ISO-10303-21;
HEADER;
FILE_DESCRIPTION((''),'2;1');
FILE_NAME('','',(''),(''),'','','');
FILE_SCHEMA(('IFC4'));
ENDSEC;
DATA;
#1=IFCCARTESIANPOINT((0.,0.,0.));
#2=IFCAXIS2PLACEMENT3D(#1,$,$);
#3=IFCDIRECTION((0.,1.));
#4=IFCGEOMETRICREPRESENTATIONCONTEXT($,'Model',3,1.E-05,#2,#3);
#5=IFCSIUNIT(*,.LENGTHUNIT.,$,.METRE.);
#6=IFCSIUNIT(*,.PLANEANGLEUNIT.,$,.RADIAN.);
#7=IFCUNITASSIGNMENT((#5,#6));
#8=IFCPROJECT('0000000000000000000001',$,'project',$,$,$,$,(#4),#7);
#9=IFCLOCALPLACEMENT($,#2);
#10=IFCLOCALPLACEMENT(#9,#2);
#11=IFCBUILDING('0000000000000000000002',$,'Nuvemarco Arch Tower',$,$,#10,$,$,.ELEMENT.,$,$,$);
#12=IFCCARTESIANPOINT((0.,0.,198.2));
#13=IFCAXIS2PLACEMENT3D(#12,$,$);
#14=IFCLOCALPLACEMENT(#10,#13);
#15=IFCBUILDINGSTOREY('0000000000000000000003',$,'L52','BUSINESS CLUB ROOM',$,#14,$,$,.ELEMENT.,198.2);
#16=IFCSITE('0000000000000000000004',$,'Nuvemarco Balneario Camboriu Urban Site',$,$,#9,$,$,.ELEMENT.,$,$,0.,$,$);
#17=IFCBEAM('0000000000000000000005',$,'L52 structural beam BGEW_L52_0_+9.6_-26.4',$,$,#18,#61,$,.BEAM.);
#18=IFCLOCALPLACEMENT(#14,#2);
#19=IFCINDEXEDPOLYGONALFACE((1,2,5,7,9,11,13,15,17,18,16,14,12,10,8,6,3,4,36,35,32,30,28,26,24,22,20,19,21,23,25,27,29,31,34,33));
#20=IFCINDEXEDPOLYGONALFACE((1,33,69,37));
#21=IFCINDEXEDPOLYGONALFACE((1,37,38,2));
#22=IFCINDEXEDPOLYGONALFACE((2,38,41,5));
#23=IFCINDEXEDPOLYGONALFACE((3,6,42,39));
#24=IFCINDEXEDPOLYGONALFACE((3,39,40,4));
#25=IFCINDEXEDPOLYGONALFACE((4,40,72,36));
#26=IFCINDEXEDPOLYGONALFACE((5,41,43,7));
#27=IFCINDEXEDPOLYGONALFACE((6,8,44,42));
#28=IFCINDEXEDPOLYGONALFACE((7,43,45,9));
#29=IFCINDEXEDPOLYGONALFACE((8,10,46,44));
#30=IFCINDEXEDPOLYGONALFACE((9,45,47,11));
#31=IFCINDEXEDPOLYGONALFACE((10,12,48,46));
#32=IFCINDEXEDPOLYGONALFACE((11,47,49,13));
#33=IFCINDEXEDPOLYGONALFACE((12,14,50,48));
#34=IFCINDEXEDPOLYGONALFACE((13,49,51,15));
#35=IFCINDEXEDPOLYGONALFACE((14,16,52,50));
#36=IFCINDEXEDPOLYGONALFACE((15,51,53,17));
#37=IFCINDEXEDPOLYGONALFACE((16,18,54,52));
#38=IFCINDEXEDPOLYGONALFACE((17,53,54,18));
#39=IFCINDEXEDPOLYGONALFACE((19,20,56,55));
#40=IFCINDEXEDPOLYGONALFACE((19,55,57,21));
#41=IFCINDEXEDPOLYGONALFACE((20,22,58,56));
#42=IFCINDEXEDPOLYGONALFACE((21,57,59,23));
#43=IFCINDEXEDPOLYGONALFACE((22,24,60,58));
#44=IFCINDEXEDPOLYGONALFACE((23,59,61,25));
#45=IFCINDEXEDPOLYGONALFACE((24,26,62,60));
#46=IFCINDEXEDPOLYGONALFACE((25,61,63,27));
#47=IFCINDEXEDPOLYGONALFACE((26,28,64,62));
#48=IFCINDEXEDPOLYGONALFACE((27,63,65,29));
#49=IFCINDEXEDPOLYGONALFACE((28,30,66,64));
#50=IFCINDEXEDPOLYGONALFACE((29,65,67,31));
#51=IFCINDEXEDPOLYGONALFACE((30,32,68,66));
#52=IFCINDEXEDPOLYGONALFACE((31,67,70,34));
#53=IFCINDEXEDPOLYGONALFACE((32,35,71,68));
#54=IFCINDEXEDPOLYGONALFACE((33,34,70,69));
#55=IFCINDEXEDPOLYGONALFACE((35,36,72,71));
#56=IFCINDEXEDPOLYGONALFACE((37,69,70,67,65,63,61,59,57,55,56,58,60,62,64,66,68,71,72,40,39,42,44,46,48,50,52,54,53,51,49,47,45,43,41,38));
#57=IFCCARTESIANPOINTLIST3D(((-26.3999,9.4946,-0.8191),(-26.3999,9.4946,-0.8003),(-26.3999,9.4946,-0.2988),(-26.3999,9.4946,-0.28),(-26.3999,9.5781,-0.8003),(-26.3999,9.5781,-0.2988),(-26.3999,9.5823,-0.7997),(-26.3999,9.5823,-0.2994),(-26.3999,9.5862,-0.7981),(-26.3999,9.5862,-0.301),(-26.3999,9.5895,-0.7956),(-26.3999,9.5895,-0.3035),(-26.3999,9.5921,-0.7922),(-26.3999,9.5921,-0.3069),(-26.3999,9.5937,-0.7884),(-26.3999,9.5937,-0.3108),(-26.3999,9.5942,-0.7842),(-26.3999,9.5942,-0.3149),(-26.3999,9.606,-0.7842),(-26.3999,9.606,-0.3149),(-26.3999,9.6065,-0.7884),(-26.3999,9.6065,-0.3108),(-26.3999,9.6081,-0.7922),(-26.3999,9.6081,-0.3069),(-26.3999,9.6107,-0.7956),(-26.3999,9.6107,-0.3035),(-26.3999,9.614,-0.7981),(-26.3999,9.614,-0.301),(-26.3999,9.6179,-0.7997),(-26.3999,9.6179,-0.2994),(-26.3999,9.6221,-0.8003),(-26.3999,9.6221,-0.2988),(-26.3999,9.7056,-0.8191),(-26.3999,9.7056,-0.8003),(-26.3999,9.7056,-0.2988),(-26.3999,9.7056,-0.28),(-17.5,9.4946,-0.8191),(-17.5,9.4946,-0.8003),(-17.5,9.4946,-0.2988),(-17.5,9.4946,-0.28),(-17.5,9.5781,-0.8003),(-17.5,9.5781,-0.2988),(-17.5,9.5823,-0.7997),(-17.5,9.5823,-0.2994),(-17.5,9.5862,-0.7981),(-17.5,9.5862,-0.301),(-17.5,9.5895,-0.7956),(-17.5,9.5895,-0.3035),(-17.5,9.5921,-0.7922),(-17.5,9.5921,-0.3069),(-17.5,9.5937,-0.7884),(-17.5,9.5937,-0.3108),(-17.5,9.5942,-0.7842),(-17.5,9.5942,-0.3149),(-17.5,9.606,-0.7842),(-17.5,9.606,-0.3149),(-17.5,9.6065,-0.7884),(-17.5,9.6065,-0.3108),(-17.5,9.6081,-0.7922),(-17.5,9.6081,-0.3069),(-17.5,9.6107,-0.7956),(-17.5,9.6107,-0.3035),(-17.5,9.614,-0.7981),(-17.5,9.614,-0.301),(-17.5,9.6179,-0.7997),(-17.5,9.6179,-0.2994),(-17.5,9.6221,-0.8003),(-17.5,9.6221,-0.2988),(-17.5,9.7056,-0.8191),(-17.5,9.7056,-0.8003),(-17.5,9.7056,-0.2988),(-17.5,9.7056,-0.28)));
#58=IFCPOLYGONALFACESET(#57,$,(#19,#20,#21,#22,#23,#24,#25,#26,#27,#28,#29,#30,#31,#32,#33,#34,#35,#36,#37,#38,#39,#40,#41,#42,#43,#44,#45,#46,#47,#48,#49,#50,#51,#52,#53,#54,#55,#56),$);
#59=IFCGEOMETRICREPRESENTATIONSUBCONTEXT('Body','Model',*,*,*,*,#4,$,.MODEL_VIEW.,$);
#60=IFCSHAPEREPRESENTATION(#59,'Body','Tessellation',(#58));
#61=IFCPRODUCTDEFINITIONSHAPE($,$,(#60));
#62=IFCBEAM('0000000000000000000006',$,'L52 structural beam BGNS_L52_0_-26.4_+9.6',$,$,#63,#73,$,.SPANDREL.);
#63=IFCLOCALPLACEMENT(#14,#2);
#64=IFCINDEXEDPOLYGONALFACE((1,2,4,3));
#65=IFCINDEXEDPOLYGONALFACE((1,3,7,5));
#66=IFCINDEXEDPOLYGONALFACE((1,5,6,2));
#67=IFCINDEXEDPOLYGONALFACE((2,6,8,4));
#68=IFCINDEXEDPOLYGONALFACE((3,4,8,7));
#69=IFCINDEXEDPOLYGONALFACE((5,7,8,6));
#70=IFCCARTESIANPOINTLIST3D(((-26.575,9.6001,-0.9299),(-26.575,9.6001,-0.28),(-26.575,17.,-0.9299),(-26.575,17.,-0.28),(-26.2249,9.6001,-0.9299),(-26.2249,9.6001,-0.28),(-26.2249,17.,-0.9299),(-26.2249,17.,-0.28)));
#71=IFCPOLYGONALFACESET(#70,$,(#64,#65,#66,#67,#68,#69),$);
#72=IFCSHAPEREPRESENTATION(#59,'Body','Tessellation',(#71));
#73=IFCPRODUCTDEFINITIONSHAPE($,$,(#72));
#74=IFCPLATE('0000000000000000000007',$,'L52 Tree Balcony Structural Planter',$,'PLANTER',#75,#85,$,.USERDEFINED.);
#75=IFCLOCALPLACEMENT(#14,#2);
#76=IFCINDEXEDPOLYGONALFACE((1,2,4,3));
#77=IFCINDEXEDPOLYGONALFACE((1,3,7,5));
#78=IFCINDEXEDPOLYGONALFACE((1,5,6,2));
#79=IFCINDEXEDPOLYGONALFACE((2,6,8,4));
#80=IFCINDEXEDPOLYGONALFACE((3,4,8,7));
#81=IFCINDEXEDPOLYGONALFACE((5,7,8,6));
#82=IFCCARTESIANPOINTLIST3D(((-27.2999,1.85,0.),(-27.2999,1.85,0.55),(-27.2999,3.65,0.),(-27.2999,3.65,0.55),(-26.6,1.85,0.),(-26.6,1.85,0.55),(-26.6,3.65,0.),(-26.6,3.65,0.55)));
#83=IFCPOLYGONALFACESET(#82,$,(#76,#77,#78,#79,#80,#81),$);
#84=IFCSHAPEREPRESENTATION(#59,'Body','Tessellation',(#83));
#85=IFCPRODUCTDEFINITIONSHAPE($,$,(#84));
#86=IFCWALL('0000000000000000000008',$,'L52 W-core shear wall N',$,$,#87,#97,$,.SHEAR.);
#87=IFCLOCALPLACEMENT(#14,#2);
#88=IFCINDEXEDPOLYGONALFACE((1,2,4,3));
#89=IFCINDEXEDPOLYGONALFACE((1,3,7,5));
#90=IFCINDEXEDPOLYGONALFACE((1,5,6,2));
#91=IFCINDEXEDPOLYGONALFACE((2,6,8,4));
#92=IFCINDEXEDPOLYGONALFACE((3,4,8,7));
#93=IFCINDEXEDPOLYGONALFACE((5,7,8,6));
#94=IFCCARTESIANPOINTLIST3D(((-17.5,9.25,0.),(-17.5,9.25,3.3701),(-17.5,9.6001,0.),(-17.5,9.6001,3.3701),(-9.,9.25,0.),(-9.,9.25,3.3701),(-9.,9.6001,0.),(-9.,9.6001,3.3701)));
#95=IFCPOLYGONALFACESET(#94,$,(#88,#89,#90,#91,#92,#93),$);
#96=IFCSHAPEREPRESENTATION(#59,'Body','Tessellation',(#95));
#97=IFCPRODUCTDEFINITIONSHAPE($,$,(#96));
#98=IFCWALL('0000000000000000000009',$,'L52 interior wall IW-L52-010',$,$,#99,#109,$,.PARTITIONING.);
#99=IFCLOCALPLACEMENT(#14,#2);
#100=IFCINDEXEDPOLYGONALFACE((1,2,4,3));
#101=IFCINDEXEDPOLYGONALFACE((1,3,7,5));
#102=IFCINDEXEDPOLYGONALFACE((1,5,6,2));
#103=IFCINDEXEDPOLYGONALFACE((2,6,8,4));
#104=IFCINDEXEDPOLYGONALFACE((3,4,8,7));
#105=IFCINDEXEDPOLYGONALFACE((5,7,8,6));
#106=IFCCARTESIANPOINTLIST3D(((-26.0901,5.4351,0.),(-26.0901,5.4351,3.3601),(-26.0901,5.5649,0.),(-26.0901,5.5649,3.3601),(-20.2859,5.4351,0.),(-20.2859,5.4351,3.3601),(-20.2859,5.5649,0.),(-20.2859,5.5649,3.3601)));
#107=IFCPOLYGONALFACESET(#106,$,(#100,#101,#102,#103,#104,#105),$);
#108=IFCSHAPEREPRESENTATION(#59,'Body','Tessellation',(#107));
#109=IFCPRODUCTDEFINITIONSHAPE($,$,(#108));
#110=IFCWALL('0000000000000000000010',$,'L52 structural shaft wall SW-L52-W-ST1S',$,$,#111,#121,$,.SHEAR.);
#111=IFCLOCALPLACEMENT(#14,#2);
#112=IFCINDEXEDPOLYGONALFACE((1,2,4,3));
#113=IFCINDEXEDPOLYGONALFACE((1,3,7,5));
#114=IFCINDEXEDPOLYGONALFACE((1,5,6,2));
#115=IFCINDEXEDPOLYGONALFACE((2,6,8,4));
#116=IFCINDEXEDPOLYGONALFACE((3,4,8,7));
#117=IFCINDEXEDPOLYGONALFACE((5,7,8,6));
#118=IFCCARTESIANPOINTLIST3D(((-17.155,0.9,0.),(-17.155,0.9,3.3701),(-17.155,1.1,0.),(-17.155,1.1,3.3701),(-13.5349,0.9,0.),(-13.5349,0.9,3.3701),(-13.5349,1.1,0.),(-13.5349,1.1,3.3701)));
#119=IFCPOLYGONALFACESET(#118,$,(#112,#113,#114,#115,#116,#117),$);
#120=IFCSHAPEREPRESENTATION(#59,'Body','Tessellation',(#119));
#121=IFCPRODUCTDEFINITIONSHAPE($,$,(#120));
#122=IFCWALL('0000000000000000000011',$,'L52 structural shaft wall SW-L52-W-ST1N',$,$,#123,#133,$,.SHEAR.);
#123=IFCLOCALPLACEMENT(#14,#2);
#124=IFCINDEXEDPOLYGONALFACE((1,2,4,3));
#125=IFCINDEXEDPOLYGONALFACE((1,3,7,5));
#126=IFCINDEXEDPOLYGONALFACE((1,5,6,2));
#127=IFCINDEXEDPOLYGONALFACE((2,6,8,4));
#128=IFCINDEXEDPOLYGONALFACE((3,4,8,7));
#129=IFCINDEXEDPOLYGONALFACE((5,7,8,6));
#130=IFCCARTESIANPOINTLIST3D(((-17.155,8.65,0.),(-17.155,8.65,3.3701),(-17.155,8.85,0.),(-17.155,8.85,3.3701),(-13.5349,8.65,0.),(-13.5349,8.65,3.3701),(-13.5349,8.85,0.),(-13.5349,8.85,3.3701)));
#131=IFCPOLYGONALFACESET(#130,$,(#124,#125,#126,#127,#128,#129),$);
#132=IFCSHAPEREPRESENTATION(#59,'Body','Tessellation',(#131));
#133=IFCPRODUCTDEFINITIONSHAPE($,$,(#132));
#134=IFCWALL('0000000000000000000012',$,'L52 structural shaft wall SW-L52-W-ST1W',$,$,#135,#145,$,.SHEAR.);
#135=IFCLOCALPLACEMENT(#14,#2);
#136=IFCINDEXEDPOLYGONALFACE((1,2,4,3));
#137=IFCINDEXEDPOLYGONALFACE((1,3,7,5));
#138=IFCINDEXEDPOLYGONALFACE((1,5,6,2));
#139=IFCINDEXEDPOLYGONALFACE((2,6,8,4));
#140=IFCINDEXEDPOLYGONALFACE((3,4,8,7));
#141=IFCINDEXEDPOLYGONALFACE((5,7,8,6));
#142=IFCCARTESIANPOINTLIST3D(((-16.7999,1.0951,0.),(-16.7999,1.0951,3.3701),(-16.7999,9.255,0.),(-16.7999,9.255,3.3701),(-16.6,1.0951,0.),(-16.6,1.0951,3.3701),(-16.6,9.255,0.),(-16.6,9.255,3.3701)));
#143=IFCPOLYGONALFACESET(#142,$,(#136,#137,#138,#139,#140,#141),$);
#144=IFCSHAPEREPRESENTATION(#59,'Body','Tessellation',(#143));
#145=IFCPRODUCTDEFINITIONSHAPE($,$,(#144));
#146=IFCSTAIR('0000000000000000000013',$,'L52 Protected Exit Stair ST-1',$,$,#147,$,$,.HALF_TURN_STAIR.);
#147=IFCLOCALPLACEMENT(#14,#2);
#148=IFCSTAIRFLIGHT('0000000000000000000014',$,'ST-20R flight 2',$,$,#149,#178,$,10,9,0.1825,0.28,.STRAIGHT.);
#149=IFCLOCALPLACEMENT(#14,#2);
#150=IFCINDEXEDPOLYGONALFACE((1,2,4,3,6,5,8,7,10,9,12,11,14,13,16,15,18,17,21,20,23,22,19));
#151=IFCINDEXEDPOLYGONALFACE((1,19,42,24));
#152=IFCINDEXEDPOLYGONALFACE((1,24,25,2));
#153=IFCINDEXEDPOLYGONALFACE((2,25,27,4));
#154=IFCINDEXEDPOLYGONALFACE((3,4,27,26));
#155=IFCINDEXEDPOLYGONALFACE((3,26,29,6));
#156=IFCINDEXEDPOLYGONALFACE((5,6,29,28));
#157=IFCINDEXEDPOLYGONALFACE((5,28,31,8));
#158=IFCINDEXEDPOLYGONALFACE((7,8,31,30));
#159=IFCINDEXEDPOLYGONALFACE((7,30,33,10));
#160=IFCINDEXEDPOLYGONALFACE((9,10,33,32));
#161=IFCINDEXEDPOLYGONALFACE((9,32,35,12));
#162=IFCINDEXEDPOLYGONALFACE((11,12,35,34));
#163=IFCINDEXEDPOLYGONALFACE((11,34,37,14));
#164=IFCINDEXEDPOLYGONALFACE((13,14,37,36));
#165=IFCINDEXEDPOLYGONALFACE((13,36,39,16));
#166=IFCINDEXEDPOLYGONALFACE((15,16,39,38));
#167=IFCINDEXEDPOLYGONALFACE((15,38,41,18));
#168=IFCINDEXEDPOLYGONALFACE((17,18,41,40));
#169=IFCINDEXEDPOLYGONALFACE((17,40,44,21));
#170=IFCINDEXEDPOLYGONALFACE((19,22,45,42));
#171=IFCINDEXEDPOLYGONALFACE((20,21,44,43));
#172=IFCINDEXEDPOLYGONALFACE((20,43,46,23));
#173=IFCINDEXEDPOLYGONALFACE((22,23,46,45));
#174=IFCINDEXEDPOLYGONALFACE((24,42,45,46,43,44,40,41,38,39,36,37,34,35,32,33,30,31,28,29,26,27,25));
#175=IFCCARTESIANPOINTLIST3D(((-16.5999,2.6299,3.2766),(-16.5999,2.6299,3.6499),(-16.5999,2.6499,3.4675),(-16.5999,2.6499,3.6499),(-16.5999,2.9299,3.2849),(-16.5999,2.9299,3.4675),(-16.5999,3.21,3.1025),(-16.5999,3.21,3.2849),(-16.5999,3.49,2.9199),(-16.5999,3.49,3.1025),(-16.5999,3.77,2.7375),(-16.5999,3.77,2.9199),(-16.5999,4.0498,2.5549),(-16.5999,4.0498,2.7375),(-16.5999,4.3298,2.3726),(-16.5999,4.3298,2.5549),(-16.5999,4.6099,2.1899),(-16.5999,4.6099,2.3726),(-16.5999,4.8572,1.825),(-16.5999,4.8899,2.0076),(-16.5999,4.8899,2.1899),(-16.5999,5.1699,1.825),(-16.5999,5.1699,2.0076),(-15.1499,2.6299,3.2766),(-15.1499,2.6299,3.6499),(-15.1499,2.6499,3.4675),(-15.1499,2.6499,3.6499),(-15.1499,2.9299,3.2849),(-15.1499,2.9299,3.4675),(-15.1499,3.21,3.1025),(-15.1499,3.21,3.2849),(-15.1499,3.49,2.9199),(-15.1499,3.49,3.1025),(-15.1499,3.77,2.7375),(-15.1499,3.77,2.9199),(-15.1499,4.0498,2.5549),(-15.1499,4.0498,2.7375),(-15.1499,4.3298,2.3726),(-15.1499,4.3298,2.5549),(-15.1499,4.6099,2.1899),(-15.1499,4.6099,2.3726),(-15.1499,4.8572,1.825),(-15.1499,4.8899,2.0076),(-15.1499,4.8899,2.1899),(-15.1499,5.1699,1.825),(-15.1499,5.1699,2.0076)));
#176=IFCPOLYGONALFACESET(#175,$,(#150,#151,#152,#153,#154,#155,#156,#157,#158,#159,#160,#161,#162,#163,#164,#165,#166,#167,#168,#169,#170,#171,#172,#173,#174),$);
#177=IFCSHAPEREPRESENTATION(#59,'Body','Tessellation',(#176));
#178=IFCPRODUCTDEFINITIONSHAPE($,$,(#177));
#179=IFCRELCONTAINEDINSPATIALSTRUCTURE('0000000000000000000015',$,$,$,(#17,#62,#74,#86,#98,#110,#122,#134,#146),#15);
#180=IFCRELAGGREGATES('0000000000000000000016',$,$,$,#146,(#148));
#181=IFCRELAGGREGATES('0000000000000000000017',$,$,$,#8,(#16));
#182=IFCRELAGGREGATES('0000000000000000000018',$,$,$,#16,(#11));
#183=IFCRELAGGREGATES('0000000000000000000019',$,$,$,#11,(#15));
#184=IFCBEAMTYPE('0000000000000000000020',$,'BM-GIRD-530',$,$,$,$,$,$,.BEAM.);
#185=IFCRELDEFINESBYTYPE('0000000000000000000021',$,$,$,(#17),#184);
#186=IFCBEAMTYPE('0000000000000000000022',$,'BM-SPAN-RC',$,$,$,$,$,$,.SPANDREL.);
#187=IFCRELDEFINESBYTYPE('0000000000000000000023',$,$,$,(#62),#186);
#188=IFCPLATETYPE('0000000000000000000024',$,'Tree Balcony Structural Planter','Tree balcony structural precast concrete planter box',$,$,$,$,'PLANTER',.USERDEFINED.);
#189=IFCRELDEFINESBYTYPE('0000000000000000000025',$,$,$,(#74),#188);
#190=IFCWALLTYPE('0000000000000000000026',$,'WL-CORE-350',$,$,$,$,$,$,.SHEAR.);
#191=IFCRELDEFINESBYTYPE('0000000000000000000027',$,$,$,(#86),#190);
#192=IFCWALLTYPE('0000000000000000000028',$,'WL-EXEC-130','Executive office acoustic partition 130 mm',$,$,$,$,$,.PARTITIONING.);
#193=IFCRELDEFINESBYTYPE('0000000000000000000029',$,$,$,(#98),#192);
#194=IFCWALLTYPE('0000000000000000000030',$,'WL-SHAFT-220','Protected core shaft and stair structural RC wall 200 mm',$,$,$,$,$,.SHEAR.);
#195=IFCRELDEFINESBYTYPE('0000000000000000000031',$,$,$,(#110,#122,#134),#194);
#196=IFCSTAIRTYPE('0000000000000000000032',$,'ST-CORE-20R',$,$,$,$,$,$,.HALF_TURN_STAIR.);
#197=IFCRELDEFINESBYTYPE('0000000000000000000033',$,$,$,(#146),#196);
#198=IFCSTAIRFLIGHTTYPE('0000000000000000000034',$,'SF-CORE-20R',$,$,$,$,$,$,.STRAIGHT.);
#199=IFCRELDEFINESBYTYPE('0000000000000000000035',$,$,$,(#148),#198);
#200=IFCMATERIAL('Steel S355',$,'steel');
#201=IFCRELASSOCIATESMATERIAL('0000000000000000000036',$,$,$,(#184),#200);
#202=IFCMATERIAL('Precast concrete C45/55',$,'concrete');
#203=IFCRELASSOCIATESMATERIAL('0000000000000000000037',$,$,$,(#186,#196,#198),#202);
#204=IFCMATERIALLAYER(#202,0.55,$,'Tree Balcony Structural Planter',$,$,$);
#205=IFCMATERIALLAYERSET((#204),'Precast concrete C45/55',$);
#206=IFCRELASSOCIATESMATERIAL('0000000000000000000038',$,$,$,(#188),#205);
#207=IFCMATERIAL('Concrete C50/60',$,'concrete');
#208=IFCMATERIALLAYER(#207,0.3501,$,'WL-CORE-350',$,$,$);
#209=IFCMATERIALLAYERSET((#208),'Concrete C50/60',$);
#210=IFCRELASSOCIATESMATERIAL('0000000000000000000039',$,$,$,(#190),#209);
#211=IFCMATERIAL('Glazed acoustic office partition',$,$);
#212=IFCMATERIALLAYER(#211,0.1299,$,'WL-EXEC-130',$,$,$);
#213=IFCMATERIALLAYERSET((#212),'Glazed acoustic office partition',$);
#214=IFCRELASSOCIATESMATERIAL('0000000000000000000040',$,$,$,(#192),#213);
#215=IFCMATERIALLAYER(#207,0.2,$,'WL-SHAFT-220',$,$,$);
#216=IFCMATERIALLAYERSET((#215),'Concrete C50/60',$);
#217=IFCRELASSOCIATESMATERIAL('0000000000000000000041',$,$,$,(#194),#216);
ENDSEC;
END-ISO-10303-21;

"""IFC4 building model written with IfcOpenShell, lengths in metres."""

from ifc_helpers import new_model, si_unit, direction, frame, frame_2d, origin, origin_2d, place, context, subcontext, project, spatial, polyline, rectangle, i_section, outline, extrude, source, transform, mapped, material, layer, layer_set, material_profile, profile_set, type_object, type_shapes, element, aggregate, save


model = new_model("IFC4")

# Units and contexts
model_context = context("Model", 3, precision=1e-05, world=origin(), true_north=direction((0.0, 1.0)))
body_context = subcontext(model_context, "Body", "Model", "MODEL_VIEW")
ifc_project = project(units=[si_unit("LENGTHUNIT", "METRE"), si_unit("PLANEANGLEUNIT", "RADIAN")], contexts=[model_context])

# Site, building, storey
site_placement = place(None, origin())
site = spatial("IfcSite", under=ifc_project, at=site_placement, Name="Nuvemarco Balneario Camboriu Urban Site", CompositionType="ELEMENT", RefElevation=0.0)
building_placement = place(site_placement, origin())
building = spatial("IfcBuilding", under=site, at=building_placement, Name="Nuvemarco Arch Tower", CompositionType="ELEMENT")
storey_placement = place(building_placement, frame((0.0, 0.0, 198.2)))
storey = spatial("IfcBuildingStorey", under=building, at=storey_placement, Name="L52", Description="BUSINESS CLUB ROOM", CompositionType="ELEMENT", Elevation=198.2)

# Shared definitions
ifc_material_1 = material(Name="Concrete C50/60", Category="concrete")
ifc_material_2 = material(Name="Steel S355", Category="steel")

# Beams
ifc_material_profile_1 = material_profile(ifc_material_2, i_section(OverallWidth=0.2109, OverallDepth=0.5391, WebThickness=0.0117, FlangeThickness=0.0188, FilletRadius=0.0161, at=origin_2d()), Name="W530x109")
ifc_profile_set_1 = profile_set([ifc_material_profile_1], Name="Steel S355")
beam_type_1 = type_object("IfcBeamType", Name="BM-GIRD-530", PredefinedType="BEAM", material=ifc_profile_set_1)
beam_1_placement = place(storey_placement, frame((-26.3999, 9.6001, -0.5496), z_axis=(1.0, 0.0, 0.0), x_axis=(0.0, 1.0, 0.0)))
element("IfcBeam", 1, at=beam_1_placement, inside=storey, type_object=beam_type_1, Name="L52 structural beam BGEW_L52_0_+9.6_-26.4", PredefinedType="BEAM", context=body_context, shape_type="SweptSolid", body=[
    extrude(i_section(OverallWidth=0.2109, OverallDepth=0.5391, WebThickness=0.0117, FlangeThickness=0.0188, FilletRadius=0.0161, at=origin_2d()), origin(), (0.0, 0.0, 1.0), 8.8999),
])
ifc_material_3 = material(Name="Precast concrete C45/55", Category="concrete")
ifc_material_profile_2 = material_profile(ifc_material_3, rectangle(XDim=0.3501, YDim=0.6499, at=origin_2d()), Name="PC-SP-350x650")
ifc_profile_set_2 = profile_set([ifc_material_profile_2], Name="Precast concrete C45/55")
beam_type_2 = type_object("IfcBeamType", Name="BM-SPAN-RC", PredefinedType="SPANDREL", material=ifc_profile_set_2)
beam_2_placement = place(storey_placement, frame((-26.3999, 9.6001, -0.605), z_axis=(0.0, 1.0, 0.0), x_axis=(-1.0, 0.0, 0.0)))
element("IfcBeam", 2, at=beam_2_placement, inside=storey, type_object=beam_type_2, Name="L52 structural beam BGNS_L52_0_-26.4_+9.6", PredefinedType="SPANDREL", context=body_context, shape_type="SweptSolid", body=[
    extrude(rectangle(XDim=0.3501, YDim=0.6499, at=origin_2d()), origin(), (0.0, 0.0, 1.0), 7.3999),
])

# Plate
ifc_layer_1 = layer(ifc_material_3, 0.55, Name="Tree Balcony Structural Planter")
ifc_layer_set_1 = layer_set([ifc_layer_1], Name="Precast concrete C45/55")
plate_type = type_object("IfcPlateType", Name="Tree Balcony Structural Planter", Description="Tree balcony structural precast concrete planter box", ElementType="PLANTER", PredefinedType="USERDEFINED", material=ifc_layer_set_1)
shared_shape_1 = source(origin(), body_context, "Body", "SweptSolid", [
    extrude(rectangle(XDim=1.8, YDim=0.7, at=origin_2d()), origin(), (0.0, 0.0, 1.0), 0.55),
])
type_shapes(plate_type, [shared_shape_1])
plate_placement = place(storey_placement, frame((-26.95, 2.75, 0.0), z_axis=(0.0, 0.0, 1.0), x_axis=(0.0, 1.0, 0.0)))
element("IfcPlate", 3, at=plate_placement, inside=storey, type_object=plate_type, Name="L52 Tree Balcony Structural Planter", ObjectType="PLANTER", PredefinedType="USERDEFINED", context=body_context, shape_type="MappedRepresentation", body=[
    mapped(shared_shape_1, transform((0.0, 0.0, 0.0), scale=1.0)),
])

# Walls
ifc_layer_2 = layer(ifc_material_1, 0.3501, Name="WL-CORE-350")
ifc_layer_set_2 = layer_set([ifc_layer_2], Name="Concrete C50/60")
wall_type_1 = type_object("IfcWallType", Name="WL-CORE-350", PredefinedType="SHEAR", material=ifc_layer_set_2)
wall_1_placement = place(storey_placement, frame((-17.5, 9.425, 0.0), z_axis=(0.0, 0.0, 1.0), x_axis=(1.0, 0.0, 0.0)))
element("IfcWall", 4, at=wall_1_placement, inside=storey, type_object=wall_type_1, Name="L52 W-core shear wall N", PredefinedType="SHEAR", context=body_context, shape_type="SweptSolid", body=[
    extrude(rectangle(XDim=8.5, YDim=0.3501, at=frame_2d((4.25, 0.0))), origin(), (0.0, 0.0, 1.0), 3.3701),
])
ifc_material_4 = material(Name="Glazed acoustic office partition")
ifc_layer_3 = layer(ifc_material_4, 0.1299, Name="WL-EXEC-130")
ifc_layer_set_3 = layer_set([ifc_layer_3], Name="Glazed acoustic office partition")
wall_type_2 = type_object("IfcWallType", Name="WL-EXEC-130", Description="Executive office acoustic partition 130 mm", PredefinedType="PARTITIONING", material=ifc_layer_set_3)
wall_2_placement = place(storey_placement, frame((-26.0901, 5.5, 0.0), z_axis=(0.0, 0.0, 1.0), x_axis=(1.0, 0.0, 0.0)))
element("IfcWall", 5, at=wall_2_placement, inside=storey, type_object=wall_type_2, Name="L52 interior wall IW-L52-010", PredefinedType="PARTITIONING", context=body_context, shape_type="SweptSolid", body=[
    extrude(rectangle(XDim=5.8042, YDim=0.1299, at=frame_2d((2.9021, 0.0))), origin(), (0.0, 0.0, 1.0), 3.3601),
])
ifc_layer_4 = layer(ifc_material_1, 0.2, Name="WL-SHAFT-220")
ifc_layer_set_4 = layer_set([ifc_layer_4], Name="Concrete C50/60")
wall_type_3 = type_object("IfcWallType", Name="WL-SHAFT-220", Description="Protected core shaft and stair structural RC wall 200 mm", PredefinedType="SHEAR", material=ifc_layer_set_4)
for number, where, z_axis, x_axis, name in (
    (6, (-17.155, 1.0, 0.0), (0.0, 0.0, 1.0), (1.0, 0.0, 0.0), "L52 structural shaft wall SW-L52-W-ST1S"),
    (7, (-17.155, 8.75, 0.0), (0.0, 0.0, 1.0), (1.0, 0.0, 0.0), "L52 structural shaft wall SW-L52-W-ST1N"),
):
    element("IfcWall", number, at=place(storey_placement, frame(where, z_axis=z_axis, x_axis=x_axis)), inside=storey, type_object=wall_type_3, Name=name, PredefinedType="SHEAR", context=body_context, shape_type="SweptSolid", body=[
        extrude(rectangle(XDim=3.6201, YDim=0.2, at=frame_2d((1.8101, 0.0))), origin(), (0.0, 0.0, 1.0), 3.3701),
    ])
wall_3_placement = place(storey_placement, frame((-16.7, 1.095, 0.0), z_axis=(0.0, 0.0, 1.0), x_axis=(0.0, 1.0, 0.0)))
element("IfcWall", 8, at=wall_3_placement, inside=storey, type_object=wall_type_3, Name="L52 structural shaft wall SW-L52-W-ST1W", PredefinedType="SHEAR", context=body_context, shape_type="SweptSolid", body=[
    extrude(rectangle(XDim=8.1599, YDim=0.2, at=frame_2d((4.0801, 0.0))), origin(), (0.0, 0.0, 1.0), 3.3701),
])

# Stair, stair flight
stair_type = type_object("IfcStairType", Name="ST-CORE-20R", PredefinedType="HALF_TURN_STAIR", material=ifc_material_3)
stair_placement = place(storey_placement, origin())
stair = element("IfcStair", 9, at=stair_placement, inside=storey, type_object=stair_type, Name="L52 Protected Exit Stair ST-1", PredefinedType="HALF_TURN_STAIR")
stair_flight_type = type_object("IfcStairFlightType", Name="SF-CORE-20R", PredefinedType="STRAIGHT", material=ifc_material_3)
stair_flight_placement = place(storey_placement, frame((-15.875, 5.1699, 1.825), z_axis=(0.0, 0.0, 1.0), x_axis=(0.0, -1.0, 0.0)))
stair_flight = element("IfcStairFlight", 10, at=stair_flight_placement, type_object=stair_flight_type, Name="ST-20R flight 2", NumberOfRisers=10, NumberOfTreads=9, PredefinedType="STRAIGHT", RiserHeight=0.1825, TreadLength=0.28, context=body_context, shape_type="SweptSolid", body=[
    extrude(outline(polyline([(0.0, 0.0), (0.0, 0.1826), (0.28, 0.1826), (0.28, 0.365), (0.5601, 0.365), (0.5601, 0.5476), (0.8401, 0.5476), (0.8401, 0.73), (1.1201, 0.73), (1.1201, 0.9126), (1.3999, 0.9126), (1.3999, 1.095), (1.6799, 1.095), (1.6799, 1.2776), (1.96, 1.2776), (1.96, 1.46), (2.24, 1.46), (2.24, 1.6426), (2.52, 1.6426), (2.52, 1.825), (2.54, 1.825), (2.54, 1.4517), (0.3127, 0.0), (0.0, 0.0)])), frame((0.0, 0.7251, 0.0), z_axis=(0.0, -1.0, 0.0), x_axis=(1.0, 0.0, 0.0)), (0.0, 0.0, 1.0), 1.45),
])
aggregate(stair, [stair_flight])

save(model, "model.ifc")
